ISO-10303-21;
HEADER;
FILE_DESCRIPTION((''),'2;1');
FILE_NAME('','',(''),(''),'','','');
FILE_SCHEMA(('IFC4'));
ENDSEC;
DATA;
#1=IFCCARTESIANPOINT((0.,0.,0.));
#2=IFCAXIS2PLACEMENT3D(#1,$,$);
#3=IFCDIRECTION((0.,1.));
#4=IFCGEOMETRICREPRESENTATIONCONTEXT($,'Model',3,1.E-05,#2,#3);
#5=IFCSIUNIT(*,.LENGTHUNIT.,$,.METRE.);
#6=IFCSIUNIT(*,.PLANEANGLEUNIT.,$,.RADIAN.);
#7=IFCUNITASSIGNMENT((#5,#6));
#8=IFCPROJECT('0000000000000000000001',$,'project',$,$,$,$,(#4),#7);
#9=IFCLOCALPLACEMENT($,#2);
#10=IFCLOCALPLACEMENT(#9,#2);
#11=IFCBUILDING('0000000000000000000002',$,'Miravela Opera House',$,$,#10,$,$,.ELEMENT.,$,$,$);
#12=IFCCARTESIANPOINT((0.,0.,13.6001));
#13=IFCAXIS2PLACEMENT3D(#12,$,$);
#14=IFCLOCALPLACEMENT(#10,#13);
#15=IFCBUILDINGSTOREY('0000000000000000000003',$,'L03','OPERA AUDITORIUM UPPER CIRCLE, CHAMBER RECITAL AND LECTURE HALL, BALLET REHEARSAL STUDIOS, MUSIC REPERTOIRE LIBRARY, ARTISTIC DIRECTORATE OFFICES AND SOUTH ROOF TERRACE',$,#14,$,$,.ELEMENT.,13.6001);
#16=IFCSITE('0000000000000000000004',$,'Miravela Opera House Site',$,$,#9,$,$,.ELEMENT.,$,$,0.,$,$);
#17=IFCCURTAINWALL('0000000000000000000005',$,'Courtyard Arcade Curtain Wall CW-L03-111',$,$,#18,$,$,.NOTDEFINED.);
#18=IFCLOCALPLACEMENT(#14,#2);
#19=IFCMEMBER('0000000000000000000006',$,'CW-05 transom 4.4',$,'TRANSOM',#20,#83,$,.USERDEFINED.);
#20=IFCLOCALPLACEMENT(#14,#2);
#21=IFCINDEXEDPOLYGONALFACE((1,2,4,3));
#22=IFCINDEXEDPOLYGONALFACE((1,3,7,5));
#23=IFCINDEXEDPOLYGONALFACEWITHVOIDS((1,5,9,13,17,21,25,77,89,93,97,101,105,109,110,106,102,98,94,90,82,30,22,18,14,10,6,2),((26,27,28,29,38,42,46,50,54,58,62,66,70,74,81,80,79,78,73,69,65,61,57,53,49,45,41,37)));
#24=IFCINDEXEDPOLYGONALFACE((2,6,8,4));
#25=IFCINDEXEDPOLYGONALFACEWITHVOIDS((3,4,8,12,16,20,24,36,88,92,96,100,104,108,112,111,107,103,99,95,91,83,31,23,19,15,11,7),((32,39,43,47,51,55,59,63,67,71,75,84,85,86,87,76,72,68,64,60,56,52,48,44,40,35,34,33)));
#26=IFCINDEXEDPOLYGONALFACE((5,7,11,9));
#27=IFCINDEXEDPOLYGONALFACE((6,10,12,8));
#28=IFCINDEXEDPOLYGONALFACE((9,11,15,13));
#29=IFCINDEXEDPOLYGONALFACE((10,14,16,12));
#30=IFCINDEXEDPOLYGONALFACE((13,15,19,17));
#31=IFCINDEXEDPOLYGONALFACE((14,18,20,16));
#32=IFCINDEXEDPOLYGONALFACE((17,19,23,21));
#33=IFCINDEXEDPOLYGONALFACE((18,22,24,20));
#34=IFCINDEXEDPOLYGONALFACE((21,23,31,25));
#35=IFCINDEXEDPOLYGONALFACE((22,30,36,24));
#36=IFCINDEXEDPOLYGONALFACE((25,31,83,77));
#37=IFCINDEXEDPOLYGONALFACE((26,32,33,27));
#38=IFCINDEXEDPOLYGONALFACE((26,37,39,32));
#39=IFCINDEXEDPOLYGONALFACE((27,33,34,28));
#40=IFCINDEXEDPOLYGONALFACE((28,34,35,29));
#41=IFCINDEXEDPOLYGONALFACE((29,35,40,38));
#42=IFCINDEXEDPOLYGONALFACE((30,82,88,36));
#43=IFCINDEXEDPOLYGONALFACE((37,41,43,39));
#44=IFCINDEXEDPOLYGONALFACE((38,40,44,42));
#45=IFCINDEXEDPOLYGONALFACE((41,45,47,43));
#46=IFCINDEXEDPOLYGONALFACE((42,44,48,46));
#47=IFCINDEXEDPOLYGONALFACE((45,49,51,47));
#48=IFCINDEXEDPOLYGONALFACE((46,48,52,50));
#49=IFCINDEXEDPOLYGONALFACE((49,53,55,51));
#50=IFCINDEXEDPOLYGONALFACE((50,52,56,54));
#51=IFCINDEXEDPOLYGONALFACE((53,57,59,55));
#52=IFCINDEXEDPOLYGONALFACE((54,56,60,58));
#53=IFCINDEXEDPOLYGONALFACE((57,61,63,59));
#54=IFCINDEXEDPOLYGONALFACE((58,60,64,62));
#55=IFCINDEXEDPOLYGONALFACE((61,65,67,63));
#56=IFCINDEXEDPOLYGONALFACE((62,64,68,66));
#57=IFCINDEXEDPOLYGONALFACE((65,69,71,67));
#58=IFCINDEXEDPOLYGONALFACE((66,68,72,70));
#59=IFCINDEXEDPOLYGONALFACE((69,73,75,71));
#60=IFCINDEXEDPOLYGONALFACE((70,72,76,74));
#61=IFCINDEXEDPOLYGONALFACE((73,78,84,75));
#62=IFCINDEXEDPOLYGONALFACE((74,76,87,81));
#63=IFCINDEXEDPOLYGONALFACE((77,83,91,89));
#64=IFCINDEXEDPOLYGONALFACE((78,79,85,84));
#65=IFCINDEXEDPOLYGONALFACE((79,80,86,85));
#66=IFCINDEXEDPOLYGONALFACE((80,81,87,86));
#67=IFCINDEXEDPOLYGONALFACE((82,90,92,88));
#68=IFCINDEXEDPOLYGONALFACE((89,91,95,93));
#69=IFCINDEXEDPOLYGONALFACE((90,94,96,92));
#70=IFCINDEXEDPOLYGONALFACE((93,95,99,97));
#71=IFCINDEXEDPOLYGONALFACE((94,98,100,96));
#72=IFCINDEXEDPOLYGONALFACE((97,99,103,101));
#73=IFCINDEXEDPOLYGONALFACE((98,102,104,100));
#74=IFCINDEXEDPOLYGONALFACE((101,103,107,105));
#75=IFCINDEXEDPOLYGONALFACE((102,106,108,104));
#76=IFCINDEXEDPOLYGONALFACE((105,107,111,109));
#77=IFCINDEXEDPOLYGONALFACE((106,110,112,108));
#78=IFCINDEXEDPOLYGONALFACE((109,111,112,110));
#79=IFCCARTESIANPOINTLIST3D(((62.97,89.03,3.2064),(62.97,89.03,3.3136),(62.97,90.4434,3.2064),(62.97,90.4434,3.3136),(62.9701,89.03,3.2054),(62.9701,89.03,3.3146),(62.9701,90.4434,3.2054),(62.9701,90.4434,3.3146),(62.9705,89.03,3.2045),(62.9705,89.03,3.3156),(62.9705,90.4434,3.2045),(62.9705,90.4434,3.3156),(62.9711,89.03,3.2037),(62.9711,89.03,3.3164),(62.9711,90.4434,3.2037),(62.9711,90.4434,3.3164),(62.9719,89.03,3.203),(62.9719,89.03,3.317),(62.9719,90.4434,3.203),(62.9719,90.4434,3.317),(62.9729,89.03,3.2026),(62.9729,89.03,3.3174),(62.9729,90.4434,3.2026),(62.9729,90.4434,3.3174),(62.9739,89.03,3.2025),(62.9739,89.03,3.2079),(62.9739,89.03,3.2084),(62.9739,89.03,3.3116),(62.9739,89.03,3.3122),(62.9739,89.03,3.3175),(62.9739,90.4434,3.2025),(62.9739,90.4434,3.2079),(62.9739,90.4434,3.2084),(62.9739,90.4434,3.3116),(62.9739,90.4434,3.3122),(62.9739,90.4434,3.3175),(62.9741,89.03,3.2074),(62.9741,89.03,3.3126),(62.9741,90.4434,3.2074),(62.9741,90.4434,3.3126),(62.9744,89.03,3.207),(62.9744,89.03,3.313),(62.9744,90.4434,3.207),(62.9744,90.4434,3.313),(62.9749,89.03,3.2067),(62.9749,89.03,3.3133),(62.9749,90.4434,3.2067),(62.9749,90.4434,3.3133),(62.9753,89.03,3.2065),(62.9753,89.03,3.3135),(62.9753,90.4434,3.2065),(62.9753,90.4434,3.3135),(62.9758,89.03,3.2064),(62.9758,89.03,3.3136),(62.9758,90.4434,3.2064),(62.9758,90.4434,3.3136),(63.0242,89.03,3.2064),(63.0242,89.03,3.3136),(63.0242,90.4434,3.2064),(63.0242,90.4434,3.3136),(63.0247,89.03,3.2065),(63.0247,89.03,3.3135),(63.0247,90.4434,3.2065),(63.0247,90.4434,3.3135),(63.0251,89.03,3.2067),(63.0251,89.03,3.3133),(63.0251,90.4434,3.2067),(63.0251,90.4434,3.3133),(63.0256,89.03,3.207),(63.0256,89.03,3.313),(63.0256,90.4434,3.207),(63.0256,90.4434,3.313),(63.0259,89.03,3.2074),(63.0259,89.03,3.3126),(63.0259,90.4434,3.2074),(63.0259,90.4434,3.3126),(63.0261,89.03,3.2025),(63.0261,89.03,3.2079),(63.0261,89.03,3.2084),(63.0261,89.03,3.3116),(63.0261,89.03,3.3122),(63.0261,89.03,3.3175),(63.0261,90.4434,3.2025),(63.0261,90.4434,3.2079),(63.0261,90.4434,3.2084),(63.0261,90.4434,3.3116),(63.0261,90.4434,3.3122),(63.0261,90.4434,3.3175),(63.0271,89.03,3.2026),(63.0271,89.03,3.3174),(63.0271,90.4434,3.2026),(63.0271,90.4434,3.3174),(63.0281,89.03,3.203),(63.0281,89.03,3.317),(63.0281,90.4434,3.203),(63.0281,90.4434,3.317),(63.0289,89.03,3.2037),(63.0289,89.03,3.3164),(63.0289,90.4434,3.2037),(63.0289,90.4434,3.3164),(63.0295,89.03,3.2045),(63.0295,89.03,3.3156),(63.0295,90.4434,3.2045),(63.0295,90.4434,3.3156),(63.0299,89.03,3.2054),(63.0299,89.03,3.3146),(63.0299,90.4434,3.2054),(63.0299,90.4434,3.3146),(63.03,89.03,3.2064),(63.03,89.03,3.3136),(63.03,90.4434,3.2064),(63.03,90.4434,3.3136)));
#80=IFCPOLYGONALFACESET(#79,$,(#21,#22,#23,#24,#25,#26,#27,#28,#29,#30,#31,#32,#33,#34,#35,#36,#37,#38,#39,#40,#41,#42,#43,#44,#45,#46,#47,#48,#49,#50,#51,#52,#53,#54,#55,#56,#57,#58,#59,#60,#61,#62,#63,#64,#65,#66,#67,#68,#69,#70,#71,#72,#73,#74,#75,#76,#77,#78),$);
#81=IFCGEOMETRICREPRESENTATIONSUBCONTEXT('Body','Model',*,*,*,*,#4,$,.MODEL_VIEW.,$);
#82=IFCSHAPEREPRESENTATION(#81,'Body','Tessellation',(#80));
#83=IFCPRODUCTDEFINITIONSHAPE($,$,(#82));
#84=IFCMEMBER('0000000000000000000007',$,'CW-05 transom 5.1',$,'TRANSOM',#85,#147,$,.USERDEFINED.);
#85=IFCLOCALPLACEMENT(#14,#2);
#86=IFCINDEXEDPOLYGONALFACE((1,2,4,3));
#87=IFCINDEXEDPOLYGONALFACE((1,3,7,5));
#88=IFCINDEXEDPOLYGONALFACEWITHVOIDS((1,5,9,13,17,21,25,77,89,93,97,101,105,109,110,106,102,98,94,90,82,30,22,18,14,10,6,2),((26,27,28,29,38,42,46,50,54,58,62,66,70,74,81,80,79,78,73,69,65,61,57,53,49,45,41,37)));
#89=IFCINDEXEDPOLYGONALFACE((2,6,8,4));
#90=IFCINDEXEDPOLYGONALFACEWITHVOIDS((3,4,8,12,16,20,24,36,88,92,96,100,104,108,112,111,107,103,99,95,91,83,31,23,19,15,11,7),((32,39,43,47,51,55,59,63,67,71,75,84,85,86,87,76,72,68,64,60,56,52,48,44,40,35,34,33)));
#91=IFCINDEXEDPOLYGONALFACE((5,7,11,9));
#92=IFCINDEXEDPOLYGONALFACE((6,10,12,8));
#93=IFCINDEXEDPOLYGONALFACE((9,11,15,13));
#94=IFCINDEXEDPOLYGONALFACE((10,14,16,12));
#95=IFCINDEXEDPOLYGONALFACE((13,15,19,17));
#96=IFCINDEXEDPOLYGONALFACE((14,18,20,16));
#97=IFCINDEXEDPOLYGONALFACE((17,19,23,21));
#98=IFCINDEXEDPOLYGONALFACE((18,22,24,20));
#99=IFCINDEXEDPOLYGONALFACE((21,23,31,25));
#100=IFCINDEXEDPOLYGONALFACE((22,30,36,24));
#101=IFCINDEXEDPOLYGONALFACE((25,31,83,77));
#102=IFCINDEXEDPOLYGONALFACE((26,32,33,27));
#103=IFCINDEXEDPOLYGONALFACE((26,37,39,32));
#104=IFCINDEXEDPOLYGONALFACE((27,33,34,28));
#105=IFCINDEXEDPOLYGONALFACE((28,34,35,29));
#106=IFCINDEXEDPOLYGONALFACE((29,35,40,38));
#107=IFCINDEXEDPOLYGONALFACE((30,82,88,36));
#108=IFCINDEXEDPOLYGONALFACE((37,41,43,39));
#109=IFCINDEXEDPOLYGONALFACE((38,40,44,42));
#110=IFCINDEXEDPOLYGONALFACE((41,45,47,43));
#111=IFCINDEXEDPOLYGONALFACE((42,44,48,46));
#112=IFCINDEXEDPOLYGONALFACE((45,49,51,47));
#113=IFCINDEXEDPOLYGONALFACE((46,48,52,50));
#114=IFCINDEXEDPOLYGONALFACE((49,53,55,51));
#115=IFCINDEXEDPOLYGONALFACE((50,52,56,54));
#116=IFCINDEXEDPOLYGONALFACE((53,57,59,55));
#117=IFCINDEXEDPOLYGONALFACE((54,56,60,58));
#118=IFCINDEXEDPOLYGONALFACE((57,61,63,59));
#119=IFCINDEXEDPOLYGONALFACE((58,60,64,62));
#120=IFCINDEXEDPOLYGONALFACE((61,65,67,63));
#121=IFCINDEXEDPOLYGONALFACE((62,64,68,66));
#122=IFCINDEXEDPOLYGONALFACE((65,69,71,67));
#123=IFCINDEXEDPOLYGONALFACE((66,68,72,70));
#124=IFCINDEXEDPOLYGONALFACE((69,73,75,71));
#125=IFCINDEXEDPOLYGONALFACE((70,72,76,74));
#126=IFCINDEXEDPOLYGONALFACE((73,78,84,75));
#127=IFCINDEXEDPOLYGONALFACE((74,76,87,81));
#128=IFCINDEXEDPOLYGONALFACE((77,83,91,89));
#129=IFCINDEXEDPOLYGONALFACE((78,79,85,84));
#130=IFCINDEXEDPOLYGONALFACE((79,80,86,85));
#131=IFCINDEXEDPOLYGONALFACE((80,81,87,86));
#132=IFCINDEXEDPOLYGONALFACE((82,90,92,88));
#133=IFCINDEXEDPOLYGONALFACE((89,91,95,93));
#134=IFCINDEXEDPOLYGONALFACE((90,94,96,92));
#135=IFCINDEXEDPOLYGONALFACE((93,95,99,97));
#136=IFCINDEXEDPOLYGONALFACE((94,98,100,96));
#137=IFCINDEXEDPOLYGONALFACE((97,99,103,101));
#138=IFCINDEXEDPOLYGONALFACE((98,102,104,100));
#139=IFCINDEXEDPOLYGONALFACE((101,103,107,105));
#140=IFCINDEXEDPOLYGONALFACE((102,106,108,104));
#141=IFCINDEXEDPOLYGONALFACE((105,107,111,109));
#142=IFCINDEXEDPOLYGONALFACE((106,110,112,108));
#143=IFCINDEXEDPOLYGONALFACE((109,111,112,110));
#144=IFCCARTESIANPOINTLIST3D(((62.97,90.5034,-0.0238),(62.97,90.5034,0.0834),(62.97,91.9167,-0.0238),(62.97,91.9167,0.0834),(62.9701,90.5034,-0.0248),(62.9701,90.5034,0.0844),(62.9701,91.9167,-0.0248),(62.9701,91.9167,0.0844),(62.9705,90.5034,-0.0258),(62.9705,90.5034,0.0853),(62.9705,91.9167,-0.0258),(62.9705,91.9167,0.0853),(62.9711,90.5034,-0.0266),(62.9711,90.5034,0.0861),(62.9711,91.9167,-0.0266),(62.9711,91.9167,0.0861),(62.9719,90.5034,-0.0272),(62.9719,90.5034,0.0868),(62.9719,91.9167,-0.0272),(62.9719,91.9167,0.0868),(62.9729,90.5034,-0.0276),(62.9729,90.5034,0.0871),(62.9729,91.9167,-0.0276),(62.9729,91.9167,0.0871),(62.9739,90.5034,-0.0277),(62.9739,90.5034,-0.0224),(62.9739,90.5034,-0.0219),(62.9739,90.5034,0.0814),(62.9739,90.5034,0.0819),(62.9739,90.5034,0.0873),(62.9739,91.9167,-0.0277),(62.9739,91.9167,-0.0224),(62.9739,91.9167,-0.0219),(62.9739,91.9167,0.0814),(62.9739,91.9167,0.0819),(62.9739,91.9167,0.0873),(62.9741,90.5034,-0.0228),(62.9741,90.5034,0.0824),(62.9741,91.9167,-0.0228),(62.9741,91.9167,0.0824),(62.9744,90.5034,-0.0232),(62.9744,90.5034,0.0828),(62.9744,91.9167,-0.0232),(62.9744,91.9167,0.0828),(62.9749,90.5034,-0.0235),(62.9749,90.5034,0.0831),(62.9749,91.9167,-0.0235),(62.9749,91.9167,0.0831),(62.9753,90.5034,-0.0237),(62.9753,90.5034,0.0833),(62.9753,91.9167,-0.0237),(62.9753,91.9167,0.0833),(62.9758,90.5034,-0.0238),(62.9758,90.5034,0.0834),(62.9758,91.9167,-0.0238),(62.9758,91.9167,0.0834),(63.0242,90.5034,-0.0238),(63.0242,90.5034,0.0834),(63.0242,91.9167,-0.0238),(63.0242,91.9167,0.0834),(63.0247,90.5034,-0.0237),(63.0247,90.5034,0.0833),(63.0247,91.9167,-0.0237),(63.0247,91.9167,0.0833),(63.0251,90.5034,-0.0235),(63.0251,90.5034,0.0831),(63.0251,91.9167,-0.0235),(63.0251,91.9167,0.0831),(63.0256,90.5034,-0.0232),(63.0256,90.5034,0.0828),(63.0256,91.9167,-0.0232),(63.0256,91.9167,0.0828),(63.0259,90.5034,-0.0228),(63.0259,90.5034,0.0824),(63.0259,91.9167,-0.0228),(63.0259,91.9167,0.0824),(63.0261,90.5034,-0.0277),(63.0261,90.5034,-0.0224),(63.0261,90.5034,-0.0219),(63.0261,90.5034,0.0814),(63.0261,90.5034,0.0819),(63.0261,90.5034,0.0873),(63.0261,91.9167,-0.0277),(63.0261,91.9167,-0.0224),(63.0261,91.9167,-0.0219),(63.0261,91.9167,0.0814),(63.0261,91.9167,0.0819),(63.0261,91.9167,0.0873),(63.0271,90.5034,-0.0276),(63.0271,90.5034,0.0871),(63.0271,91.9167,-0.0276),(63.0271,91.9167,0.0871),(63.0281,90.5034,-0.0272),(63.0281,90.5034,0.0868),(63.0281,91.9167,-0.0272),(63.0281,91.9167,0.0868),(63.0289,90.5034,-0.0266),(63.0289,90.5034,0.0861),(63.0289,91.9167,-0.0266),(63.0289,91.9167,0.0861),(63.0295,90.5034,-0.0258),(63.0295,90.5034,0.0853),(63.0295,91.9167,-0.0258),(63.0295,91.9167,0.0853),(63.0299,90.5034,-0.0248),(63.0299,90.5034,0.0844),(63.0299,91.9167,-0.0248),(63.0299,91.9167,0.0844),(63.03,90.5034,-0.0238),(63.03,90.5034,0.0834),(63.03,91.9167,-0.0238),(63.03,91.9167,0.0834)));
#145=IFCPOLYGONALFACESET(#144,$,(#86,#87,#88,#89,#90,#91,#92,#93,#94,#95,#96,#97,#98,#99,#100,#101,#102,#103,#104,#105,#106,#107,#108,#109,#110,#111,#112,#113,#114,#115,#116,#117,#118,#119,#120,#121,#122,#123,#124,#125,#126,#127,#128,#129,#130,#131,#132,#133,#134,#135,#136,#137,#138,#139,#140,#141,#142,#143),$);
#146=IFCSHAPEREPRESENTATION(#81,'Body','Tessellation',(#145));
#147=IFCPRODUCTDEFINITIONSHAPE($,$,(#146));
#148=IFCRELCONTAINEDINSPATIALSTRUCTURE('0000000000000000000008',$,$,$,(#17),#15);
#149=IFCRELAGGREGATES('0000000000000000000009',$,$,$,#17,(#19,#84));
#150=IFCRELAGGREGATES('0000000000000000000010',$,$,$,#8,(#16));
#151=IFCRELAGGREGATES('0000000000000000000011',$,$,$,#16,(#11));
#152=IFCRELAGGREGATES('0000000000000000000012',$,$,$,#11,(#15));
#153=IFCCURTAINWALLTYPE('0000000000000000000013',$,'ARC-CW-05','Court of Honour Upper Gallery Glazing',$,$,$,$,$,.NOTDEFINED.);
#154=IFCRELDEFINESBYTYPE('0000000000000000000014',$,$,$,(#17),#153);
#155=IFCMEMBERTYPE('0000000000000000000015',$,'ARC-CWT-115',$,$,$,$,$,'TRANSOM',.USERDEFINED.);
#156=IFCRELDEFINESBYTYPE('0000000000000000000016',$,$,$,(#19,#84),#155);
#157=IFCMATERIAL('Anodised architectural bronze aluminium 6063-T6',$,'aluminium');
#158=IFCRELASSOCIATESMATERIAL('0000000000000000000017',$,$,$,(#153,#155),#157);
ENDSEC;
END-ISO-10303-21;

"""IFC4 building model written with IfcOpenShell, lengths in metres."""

from ifc_helpers import new_model, si_unit, direction, frame, origin, origin_2d, place, context, subcontext, project, spatial, hollow_rectangle, extrude, material, material_profile, profile_set, type_object, element, aggregate, save


model = new_model("IFC4")

# Units and contexts
model_context = context("Model", 3, precision=1e-05, world=origin(), true_north=direction((0.0, 1.0)))
body_context = subcontext(model_context, "Body", "Model", "MODEL_VIEW")
ifc_project = project(units=[si_unit("LENGTHUNIT", "METRE"), si_unit("PLANEANGLEUNIT", "RADIAN")], contexts=[model_context])

# Site, building, storey
site_placement = place(None, origin())
site = spatial("IfcSite", under=ifc_project, at=site_placement, Name="Miravela Opera House Site", CompositionType="ELEMENT", RefElevation=0.0)
building_placement = place(site_placement, origin())
building = spatial("IfcBuilding", under=site, at=building_placement, Name="Miravela Opera House", CompositionType="ELEMENT")
storey_placement = place(building_placement, frame((0.0, 0.0, 13.6001)))
storey = spatial("IfcBuildingStorey", under=building, at=storey_placement, Name="L03", Description="OPERA AUDITORIUM UPPER CIRCLE, CHAMBER RECITAL AND LECTURE HALL, BALLET REHEARSAL STUDIOS, MUSIC REPERTOIRE LIBRARY, ARTISTIC DIRECTORATE OFFICES AND SOUTH ROOF TERRACE", CompositionType="ELEMENT", Elevation=13.6001)

# Curtain wall, members
ifc_material_1 = material(Name="Anodised architectural bronze aluminium 6063-T6", Category="aluminium")
curtain_wall_type = type_object("IfcCurtainWallType", Name="ARC-CW-05", Description="Court of Honour Upper Gallery Glazing", PredefinedType="NOTDEFINED", material=ifc_material_1)
curtain_wall_placement = place(storey_placement, origin())
curtain_wall = element("IfcCurtainWall", 1, at=curtain_wall_placement, inside=storey, type_object=curtain_wall_type, Name="Courtyard Arcade Curtain Wall CW-L03-111", PredefinedType="NOTDEFINED")
ifc_material_profile_1 = material_profile(ifc_material_1, hollow_rectangle(XDim=0.0601, YDim=0.115, WallThickness=0.0039, InnerFilletRadius=0.002, OuterFilletRadius=0.0039, at=origin_2d()), Name="CWT-60X115")
ifc_profile_set_1 = profile_set([ifc_material_profile_1])
member_type_1 = type_object("IfcMemberType", Name="ARC-CWT-115", ElementType="TRANSOM", PredefinedType="USERDEFINED", material=ifc_profile_set_1)
member_1_placement = place(storey_placement, frame((63.0, 89.03, 3.26), z_axis=(0.0, 1.0, 0.0), x_axis=(-1.0, 0.0, 0.0)))
member_1 = element("IfcMember", 2, at=member_1_placement, type_object=member_type_1, Name="CW-05 transom 4.4", ObjectType="TRANSOM", PredefinedType="USERDEFINED", context=body_context, shape_type="SweptSolid", body=[
    extrude(hollow_rectangle(XDim=0.0601, YDim=0.115, WallThickness=0.0039, InnerFilletRadius=0.002, OuterFilletRadius=0.0039, at=origin_2d()), origin(), (0.0, 0.0, 1.0), 1.4133),
])
member_2_placement = place(storey_placement, frame((63.0, 90.5034, 0.0298), z_axis=(0.0, 1.0, 0.0), x_axis=(-1.0, 0.0, 0.0)))
member_2 = element("IfcMember", 3, at=member_2_placement, type_object=member_type_1, Name="CW-05 transom 5.1", ObjectType="TRANSOM", PredefinedType="USERDEFINED", context=body_context, shape_type="SweptSolid", body=[
    extrude(hollow_rectangle(XDim=0.0601, YDim=0.115, WallThickness=0.0039, InnerFilletRadius=0.002, OuterFilletRadius=0.0039, at=origin_2d()), origin(), (0.0, 0.0, 1.0), 1.4133),
])
aggregate(curtain_wall, [member_1, member_2])

save(model, "model.ifc")
